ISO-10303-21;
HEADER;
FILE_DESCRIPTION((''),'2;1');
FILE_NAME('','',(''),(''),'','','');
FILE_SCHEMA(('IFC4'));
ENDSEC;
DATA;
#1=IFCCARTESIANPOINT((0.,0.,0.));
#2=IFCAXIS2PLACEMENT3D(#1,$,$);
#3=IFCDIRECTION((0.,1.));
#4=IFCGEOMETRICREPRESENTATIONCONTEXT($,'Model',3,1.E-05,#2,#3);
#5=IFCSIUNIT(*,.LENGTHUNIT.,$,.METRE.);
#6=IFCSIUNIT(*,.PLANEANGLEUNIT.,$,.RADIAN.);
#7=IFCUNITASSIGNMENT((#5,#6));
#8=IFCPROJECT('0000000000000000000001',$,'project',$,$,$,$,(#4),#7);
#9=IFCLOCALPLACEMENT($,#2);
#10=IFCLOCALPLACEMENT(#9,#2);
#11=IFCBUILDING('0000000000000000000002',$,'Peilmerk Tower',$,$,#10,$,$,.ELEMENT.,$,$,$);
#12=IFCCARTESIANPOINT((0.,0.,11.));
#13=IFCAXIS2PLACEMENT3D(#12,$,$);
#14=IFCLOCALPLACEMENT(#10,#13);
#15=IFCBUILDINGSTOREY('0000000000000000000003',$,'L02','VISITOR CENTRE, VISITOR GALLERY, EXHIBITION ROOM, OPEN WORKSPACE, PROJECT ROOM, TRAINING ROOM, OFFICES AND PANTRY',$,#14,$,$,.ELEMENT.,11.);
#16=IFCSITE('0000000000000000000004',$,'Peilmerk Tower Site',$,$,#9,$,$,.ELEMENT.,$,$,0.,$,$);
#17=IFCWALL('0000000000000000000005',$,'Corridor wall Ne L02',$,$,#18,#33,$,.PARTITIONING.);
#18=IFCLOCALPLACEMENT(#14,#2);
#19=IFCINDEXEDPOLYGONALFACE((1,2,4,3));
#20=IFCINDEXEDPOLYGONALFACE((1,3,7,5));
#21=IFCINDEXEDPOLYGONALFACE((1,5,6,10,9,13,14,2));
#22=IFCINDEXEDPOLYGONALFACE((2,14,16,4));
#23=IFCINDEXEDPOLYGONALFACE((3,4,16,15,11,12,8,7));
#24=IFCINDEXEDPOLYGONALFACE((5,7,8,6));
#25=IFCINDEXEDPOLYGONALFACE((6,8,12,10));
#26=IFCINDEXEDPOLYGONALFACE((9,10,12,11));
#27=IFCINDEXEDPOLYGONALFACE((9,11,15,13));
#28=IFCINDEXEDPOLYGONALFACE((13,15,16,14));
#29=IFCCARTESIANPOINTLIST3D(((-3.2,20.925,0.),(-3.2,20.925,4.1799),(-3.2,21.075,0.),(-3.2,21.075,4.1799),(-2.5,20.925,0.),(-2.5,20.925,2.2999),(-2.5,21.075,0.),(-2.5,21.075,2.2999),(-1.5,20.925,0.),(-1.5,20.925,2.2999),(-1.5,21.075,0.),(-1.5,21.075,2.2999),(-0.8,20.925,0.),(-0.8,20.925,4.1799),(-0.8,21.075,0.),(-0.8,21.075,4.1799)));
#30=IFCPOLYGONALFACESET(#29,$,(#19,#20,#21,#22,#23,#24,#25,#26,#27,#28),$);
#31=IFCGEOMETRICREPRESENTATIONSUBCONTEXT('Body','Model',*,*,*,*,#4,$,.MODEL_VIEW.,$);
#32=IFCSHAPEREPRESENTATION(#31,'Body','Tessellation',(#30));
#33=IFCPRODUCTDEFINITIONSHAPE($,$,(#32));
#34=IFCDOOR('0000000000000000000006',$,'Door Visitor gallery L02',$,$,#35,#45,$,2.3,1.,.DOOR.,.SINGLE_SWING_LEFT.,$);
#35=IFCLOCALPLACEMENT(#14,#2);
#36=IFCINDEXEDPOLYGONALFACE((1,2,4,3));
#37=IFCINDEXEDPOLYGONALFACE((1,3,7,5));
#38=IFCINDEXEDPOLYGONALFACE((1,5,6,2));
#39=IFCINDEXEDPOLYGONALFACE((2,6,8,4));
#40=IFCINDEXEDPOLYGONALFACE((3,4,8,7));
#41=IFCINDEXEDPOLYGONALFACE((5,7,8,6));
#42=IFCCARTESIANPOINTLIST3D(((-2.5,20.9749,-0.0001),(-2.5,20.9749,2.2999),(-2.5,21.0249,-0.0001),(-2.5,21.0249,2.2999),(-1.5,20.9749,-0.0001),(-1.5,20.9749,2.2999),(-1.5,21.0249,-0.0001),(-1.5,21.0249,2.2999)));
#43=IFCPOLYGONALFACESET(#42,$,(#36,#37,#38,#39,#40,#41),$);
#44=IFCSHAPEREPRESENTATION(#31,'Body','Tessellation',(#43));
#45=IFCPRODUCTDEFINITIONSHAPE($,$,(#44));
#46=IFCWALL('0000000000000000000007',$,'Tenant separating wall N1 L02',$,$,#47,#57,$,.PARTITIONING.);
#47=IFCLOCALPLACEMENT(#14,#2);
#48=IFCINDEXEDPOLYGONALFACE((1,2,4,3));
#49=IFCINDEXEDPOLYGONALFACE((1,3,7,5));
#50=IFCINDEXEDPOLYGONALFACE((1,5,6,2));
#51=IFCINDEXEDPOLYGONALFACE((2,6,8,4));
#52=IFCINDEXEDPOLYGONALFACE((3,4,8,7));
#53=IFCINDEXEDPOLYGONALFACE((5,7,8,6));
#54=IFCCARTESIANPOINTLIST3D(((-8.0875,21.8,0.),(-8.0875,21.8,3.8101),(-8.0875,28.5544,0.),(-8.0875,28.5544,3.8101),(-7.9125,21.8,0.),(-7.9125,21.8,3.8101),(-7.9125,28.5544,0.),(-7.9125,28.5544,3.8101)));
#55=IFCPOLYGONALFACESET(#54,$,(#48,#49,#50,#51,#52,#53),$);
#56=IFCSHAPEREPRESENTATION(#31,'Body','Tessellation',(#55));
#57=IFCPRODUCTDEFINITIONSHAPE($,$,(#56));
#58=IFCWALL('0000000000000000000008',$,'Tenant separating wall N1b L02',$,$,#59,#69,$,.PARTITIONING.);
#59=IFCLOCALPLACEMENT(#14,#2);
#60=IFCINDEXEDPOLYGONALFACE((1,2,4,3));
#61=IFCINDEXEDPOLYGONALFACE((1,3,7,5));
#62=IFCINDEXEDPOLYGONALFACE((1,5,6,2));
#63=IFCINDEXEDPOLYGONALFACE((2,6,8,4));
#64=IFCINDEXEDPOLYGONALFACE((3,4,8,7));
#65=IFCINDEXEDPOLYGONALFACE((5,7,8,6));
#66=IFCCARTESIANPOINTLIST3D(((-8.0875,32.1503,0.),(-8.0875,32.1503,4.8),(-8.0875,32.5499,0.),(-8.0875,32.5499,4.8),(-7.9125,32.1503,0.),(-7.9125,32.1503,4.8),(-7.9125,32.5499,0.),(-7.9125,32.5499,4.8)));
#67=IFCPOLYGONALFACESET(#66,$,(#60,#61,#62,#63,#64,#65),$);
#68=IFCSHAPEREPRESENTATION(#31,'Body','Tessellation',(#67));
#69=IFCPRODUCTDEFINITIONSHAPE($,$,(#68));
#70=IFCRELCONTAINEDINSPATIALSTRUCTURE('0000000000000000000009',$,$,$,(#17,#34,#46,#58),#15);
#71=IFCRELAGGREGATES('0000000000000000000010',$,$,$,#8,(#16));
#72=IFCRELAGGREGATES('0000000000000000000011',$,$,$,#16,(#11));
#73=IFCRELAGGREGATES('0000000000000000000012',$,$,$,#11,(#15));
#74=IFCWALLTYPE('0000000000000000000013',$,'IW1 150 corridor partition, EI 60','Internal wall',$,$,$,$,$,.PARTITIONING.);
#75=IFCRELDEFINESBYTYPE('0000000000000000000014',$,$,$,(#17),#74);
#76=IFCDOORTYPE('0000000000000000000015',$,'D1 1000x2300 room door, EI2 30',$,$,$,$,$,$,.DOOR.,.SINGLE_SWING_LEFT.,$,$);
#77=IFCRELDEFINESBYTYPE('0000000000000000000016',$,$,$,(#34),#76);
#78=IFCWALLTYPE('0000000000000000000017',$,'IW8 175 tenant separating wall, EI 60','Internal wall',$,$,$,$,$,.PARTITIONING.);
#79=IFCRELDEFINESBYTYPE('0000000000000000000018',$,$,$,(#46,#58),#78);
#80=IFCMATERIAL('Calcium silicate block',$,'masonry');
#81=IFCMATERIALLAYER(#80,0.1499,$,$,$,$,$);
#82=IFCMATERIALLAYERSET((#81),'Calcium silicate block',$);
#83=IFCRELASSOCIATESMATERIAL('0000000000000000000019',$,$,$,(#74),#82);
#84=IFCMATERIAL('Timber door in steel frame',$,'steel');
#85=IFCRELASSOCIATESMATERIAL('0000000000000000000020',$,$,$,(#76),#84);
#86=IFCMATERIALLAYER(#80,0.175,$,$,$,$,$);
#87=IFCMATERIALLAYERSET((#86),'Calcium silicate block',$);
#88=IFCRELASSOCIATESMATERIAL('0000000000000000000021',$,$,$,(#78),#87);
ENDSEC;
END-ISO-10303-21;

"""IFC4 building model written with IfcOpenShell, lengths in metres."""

from ifc_helpers import new_model, si_unit, direction, frame, frame_2d, origin, place, context, subcontext, project, spatial, rectangle, extrude, material, layer, layer_set, type_object, element, fill, save


model = new_model("IFC4")

# Units and contexts
model_context = context("Model", 3, precision=1e-05, world=origin(), true_north=direction((0.0, 1.0)))
body_context = subcontext(model_context, "Body", "Model", "MODEL_VIEW")
ifc_project = project(units=[si_unit("LENGTHUNIT", "METRE"), si_unit("PLANEANGLEUNIT", "RADIAN")], contexts=[model_context])

# Site, building, storey
site_placement = place(None, origin())
site = spatial("IfcSite", under=ifc_project, at=site_placement, Name="Peilmerk Tower Site", CompositionType="ELEMENT", RefElevation=0.0)
building_placement = place(site_placement, origin())
building = spatial("IfcBuilding", under=site, at=building_placement, Name="Peilmerk Tower", CompositionType="ELEMENT")
storey_placement = place(building_placement, frame((0.0, 0.0, 11.0)))
storey = spatial("IfcBuildingStorey", under=building, at=storey_placement, Name="L02", Description="VISITOR CENTRE, VISITOR GALLERY, EXHIBITION ROOM, OPEN WORKSPACE, PROJECT ROOM, TRAINING ROOM, OFFICES AND PANTRY", CompositionType="ELEMENT", Elevation=11.0)

# Shared definitions
ifc_material_1 = material(Name="Calcium silicate block", Category="masonry")
ifc_layer_1 = layer(ifc_material_1, 0.1499)
ifc_layer_set_1 = layer_set([ifc_layer_1], Name="Calcium silicate block")
wall_type_1 = type_object("IfcWallType", Name="IW1 150 corridor partition, EI 60", Description="Internal wall", PredefinedType="PARTITIONING", material=ifc_layer_set_1)

# Wall, opening, door
wall_1_placement = place(storey_placement, frame((-3.2, 21.0, 0.0), z_axis=(0.0, 0.0, 1.0), x_axis=(1.0, 0.0, 0.0)))
wall_1 = element("IfcWall", 1, at=wall_1_placement, inside=storey, type_object=wall_type_1, Name="Corridor wall Ne L02", PredefinedType="PARTITIONING", context=body_context, shape_type="SweptSolid", body=[
    extrude(rectangle(XDim=2.3999, YDim=0.1499, at=frame_2d((1.2, 0.0))), origin(), (0.0, 0.0, 1.0), 4.1799),
])
opening_1_placement = place(wall_1_placement, frame((0.7, 0.0, 0.0)))
opening_1 = element("IfcOpeningElement", 2, at=opening_1_placement, cuts=wall_1, PredefinedType="OPENING", context=body_context, shape_type="SweptSolid", body=[
    extrude(rectangle(XDim=1.0, YDim=2.3, at=frame_2d((0.5, 1.1499))), frame((0.0, 0.085, 0.0), z_axis=(0.0, -1.0, 0.0), x_axis=(1.0, 0.0, 0.0)), (0.0, 0.0, 1.0), 0.1699),
])
ifc_material_2 = material(Name="Timber door in steel frame", Category="steel")
door_type_1 = type_object("IfcDoorType", Name="D1 1000x2300 room door, EI2 30", OperationType="SINGLE_SWING_LEFT", PredefinedType="DOOR", material=ifc_material_2)
door_1_placement = place(opening_1_placement, origin())
door_1 = element("IfcDoor", 3, at=door_1_placement, inside=storey, type_object=door_type_1, Name="Door Visitor gallery L02", OperationType="SINGLE_SWING_LEFT", OverallHeight=2.3, OverallWidth=1.0, PredefinedType="DOOR", context=body_context, shape_type="SweptSolid", body=[
    extrude(rectangle(XDim=1.0, YDim=2.3, at=frame_2d((0.5, 1.1499))), frame((0.0, 0.0249, 0.0), z_axis=(0.0, -1.0, 0.0), x_axis=(1.0, 0.0, 0.0)), (0.0, 0.0, 1.0), 0.05),
])
fill(opening_1, door_1)

# Walls
ifc_layer_2 = layer(ifc_material_1, 0.175)
ifc_layer_set_2 = layer_set([ifc_layer_2], Name="Calcium silicate block")
wall_type_2 = type_object("IfcWallType", Name="IW8 175 tenant separating wall, EI 60", Description="Internal wall", PredefinedType="PARTITIONING", material=ifc_layer_set_2)
wall_2_placement = place(storey_placement, frame((-8.0, 21.8, 0.0), z_axis=(0.0, 0.0, 1.0), x_axis=(0.0, 1.0, 0.0)))
element("IfcWall", 4, at=wall_2_placement, inside=storey, type_object=wall_type_2, Name="Tenant separating wall N1 L02", PredefinedType="PARTITIONING", context=body_context, shape_type="SweptSolid", body=[
    extrude(rectangle(XDim=6.7544, YDim=0.175, at=frame_2d((3.3772, 0.0))), origin(), (0.0, 0.0, 1.0), 3.8101),
])
wall_3_placement = place(storey_placement, frame((-8.0, 32.1504, 0.0), z_axis=(0.0, 0.0, 1.0), x_axis=(0.0, 1.0, 0.0)))
element("IfcWall", 5, at=wall_3_placement, inside=storey, type_object=wall_type_2, Name="Tenant separating wall N1b L02", PredefinedType="PARTITIONING", context=body_context, shape_type="SweptSolid", body=[
    extrude(rectangle(XDim=0.3997, YDim=0.175, at=frame_2d((0.1997, 0.0))), origin(), (0.0, 0.0, 1.0), 4.8),
])

save(model, "model.ifc")
